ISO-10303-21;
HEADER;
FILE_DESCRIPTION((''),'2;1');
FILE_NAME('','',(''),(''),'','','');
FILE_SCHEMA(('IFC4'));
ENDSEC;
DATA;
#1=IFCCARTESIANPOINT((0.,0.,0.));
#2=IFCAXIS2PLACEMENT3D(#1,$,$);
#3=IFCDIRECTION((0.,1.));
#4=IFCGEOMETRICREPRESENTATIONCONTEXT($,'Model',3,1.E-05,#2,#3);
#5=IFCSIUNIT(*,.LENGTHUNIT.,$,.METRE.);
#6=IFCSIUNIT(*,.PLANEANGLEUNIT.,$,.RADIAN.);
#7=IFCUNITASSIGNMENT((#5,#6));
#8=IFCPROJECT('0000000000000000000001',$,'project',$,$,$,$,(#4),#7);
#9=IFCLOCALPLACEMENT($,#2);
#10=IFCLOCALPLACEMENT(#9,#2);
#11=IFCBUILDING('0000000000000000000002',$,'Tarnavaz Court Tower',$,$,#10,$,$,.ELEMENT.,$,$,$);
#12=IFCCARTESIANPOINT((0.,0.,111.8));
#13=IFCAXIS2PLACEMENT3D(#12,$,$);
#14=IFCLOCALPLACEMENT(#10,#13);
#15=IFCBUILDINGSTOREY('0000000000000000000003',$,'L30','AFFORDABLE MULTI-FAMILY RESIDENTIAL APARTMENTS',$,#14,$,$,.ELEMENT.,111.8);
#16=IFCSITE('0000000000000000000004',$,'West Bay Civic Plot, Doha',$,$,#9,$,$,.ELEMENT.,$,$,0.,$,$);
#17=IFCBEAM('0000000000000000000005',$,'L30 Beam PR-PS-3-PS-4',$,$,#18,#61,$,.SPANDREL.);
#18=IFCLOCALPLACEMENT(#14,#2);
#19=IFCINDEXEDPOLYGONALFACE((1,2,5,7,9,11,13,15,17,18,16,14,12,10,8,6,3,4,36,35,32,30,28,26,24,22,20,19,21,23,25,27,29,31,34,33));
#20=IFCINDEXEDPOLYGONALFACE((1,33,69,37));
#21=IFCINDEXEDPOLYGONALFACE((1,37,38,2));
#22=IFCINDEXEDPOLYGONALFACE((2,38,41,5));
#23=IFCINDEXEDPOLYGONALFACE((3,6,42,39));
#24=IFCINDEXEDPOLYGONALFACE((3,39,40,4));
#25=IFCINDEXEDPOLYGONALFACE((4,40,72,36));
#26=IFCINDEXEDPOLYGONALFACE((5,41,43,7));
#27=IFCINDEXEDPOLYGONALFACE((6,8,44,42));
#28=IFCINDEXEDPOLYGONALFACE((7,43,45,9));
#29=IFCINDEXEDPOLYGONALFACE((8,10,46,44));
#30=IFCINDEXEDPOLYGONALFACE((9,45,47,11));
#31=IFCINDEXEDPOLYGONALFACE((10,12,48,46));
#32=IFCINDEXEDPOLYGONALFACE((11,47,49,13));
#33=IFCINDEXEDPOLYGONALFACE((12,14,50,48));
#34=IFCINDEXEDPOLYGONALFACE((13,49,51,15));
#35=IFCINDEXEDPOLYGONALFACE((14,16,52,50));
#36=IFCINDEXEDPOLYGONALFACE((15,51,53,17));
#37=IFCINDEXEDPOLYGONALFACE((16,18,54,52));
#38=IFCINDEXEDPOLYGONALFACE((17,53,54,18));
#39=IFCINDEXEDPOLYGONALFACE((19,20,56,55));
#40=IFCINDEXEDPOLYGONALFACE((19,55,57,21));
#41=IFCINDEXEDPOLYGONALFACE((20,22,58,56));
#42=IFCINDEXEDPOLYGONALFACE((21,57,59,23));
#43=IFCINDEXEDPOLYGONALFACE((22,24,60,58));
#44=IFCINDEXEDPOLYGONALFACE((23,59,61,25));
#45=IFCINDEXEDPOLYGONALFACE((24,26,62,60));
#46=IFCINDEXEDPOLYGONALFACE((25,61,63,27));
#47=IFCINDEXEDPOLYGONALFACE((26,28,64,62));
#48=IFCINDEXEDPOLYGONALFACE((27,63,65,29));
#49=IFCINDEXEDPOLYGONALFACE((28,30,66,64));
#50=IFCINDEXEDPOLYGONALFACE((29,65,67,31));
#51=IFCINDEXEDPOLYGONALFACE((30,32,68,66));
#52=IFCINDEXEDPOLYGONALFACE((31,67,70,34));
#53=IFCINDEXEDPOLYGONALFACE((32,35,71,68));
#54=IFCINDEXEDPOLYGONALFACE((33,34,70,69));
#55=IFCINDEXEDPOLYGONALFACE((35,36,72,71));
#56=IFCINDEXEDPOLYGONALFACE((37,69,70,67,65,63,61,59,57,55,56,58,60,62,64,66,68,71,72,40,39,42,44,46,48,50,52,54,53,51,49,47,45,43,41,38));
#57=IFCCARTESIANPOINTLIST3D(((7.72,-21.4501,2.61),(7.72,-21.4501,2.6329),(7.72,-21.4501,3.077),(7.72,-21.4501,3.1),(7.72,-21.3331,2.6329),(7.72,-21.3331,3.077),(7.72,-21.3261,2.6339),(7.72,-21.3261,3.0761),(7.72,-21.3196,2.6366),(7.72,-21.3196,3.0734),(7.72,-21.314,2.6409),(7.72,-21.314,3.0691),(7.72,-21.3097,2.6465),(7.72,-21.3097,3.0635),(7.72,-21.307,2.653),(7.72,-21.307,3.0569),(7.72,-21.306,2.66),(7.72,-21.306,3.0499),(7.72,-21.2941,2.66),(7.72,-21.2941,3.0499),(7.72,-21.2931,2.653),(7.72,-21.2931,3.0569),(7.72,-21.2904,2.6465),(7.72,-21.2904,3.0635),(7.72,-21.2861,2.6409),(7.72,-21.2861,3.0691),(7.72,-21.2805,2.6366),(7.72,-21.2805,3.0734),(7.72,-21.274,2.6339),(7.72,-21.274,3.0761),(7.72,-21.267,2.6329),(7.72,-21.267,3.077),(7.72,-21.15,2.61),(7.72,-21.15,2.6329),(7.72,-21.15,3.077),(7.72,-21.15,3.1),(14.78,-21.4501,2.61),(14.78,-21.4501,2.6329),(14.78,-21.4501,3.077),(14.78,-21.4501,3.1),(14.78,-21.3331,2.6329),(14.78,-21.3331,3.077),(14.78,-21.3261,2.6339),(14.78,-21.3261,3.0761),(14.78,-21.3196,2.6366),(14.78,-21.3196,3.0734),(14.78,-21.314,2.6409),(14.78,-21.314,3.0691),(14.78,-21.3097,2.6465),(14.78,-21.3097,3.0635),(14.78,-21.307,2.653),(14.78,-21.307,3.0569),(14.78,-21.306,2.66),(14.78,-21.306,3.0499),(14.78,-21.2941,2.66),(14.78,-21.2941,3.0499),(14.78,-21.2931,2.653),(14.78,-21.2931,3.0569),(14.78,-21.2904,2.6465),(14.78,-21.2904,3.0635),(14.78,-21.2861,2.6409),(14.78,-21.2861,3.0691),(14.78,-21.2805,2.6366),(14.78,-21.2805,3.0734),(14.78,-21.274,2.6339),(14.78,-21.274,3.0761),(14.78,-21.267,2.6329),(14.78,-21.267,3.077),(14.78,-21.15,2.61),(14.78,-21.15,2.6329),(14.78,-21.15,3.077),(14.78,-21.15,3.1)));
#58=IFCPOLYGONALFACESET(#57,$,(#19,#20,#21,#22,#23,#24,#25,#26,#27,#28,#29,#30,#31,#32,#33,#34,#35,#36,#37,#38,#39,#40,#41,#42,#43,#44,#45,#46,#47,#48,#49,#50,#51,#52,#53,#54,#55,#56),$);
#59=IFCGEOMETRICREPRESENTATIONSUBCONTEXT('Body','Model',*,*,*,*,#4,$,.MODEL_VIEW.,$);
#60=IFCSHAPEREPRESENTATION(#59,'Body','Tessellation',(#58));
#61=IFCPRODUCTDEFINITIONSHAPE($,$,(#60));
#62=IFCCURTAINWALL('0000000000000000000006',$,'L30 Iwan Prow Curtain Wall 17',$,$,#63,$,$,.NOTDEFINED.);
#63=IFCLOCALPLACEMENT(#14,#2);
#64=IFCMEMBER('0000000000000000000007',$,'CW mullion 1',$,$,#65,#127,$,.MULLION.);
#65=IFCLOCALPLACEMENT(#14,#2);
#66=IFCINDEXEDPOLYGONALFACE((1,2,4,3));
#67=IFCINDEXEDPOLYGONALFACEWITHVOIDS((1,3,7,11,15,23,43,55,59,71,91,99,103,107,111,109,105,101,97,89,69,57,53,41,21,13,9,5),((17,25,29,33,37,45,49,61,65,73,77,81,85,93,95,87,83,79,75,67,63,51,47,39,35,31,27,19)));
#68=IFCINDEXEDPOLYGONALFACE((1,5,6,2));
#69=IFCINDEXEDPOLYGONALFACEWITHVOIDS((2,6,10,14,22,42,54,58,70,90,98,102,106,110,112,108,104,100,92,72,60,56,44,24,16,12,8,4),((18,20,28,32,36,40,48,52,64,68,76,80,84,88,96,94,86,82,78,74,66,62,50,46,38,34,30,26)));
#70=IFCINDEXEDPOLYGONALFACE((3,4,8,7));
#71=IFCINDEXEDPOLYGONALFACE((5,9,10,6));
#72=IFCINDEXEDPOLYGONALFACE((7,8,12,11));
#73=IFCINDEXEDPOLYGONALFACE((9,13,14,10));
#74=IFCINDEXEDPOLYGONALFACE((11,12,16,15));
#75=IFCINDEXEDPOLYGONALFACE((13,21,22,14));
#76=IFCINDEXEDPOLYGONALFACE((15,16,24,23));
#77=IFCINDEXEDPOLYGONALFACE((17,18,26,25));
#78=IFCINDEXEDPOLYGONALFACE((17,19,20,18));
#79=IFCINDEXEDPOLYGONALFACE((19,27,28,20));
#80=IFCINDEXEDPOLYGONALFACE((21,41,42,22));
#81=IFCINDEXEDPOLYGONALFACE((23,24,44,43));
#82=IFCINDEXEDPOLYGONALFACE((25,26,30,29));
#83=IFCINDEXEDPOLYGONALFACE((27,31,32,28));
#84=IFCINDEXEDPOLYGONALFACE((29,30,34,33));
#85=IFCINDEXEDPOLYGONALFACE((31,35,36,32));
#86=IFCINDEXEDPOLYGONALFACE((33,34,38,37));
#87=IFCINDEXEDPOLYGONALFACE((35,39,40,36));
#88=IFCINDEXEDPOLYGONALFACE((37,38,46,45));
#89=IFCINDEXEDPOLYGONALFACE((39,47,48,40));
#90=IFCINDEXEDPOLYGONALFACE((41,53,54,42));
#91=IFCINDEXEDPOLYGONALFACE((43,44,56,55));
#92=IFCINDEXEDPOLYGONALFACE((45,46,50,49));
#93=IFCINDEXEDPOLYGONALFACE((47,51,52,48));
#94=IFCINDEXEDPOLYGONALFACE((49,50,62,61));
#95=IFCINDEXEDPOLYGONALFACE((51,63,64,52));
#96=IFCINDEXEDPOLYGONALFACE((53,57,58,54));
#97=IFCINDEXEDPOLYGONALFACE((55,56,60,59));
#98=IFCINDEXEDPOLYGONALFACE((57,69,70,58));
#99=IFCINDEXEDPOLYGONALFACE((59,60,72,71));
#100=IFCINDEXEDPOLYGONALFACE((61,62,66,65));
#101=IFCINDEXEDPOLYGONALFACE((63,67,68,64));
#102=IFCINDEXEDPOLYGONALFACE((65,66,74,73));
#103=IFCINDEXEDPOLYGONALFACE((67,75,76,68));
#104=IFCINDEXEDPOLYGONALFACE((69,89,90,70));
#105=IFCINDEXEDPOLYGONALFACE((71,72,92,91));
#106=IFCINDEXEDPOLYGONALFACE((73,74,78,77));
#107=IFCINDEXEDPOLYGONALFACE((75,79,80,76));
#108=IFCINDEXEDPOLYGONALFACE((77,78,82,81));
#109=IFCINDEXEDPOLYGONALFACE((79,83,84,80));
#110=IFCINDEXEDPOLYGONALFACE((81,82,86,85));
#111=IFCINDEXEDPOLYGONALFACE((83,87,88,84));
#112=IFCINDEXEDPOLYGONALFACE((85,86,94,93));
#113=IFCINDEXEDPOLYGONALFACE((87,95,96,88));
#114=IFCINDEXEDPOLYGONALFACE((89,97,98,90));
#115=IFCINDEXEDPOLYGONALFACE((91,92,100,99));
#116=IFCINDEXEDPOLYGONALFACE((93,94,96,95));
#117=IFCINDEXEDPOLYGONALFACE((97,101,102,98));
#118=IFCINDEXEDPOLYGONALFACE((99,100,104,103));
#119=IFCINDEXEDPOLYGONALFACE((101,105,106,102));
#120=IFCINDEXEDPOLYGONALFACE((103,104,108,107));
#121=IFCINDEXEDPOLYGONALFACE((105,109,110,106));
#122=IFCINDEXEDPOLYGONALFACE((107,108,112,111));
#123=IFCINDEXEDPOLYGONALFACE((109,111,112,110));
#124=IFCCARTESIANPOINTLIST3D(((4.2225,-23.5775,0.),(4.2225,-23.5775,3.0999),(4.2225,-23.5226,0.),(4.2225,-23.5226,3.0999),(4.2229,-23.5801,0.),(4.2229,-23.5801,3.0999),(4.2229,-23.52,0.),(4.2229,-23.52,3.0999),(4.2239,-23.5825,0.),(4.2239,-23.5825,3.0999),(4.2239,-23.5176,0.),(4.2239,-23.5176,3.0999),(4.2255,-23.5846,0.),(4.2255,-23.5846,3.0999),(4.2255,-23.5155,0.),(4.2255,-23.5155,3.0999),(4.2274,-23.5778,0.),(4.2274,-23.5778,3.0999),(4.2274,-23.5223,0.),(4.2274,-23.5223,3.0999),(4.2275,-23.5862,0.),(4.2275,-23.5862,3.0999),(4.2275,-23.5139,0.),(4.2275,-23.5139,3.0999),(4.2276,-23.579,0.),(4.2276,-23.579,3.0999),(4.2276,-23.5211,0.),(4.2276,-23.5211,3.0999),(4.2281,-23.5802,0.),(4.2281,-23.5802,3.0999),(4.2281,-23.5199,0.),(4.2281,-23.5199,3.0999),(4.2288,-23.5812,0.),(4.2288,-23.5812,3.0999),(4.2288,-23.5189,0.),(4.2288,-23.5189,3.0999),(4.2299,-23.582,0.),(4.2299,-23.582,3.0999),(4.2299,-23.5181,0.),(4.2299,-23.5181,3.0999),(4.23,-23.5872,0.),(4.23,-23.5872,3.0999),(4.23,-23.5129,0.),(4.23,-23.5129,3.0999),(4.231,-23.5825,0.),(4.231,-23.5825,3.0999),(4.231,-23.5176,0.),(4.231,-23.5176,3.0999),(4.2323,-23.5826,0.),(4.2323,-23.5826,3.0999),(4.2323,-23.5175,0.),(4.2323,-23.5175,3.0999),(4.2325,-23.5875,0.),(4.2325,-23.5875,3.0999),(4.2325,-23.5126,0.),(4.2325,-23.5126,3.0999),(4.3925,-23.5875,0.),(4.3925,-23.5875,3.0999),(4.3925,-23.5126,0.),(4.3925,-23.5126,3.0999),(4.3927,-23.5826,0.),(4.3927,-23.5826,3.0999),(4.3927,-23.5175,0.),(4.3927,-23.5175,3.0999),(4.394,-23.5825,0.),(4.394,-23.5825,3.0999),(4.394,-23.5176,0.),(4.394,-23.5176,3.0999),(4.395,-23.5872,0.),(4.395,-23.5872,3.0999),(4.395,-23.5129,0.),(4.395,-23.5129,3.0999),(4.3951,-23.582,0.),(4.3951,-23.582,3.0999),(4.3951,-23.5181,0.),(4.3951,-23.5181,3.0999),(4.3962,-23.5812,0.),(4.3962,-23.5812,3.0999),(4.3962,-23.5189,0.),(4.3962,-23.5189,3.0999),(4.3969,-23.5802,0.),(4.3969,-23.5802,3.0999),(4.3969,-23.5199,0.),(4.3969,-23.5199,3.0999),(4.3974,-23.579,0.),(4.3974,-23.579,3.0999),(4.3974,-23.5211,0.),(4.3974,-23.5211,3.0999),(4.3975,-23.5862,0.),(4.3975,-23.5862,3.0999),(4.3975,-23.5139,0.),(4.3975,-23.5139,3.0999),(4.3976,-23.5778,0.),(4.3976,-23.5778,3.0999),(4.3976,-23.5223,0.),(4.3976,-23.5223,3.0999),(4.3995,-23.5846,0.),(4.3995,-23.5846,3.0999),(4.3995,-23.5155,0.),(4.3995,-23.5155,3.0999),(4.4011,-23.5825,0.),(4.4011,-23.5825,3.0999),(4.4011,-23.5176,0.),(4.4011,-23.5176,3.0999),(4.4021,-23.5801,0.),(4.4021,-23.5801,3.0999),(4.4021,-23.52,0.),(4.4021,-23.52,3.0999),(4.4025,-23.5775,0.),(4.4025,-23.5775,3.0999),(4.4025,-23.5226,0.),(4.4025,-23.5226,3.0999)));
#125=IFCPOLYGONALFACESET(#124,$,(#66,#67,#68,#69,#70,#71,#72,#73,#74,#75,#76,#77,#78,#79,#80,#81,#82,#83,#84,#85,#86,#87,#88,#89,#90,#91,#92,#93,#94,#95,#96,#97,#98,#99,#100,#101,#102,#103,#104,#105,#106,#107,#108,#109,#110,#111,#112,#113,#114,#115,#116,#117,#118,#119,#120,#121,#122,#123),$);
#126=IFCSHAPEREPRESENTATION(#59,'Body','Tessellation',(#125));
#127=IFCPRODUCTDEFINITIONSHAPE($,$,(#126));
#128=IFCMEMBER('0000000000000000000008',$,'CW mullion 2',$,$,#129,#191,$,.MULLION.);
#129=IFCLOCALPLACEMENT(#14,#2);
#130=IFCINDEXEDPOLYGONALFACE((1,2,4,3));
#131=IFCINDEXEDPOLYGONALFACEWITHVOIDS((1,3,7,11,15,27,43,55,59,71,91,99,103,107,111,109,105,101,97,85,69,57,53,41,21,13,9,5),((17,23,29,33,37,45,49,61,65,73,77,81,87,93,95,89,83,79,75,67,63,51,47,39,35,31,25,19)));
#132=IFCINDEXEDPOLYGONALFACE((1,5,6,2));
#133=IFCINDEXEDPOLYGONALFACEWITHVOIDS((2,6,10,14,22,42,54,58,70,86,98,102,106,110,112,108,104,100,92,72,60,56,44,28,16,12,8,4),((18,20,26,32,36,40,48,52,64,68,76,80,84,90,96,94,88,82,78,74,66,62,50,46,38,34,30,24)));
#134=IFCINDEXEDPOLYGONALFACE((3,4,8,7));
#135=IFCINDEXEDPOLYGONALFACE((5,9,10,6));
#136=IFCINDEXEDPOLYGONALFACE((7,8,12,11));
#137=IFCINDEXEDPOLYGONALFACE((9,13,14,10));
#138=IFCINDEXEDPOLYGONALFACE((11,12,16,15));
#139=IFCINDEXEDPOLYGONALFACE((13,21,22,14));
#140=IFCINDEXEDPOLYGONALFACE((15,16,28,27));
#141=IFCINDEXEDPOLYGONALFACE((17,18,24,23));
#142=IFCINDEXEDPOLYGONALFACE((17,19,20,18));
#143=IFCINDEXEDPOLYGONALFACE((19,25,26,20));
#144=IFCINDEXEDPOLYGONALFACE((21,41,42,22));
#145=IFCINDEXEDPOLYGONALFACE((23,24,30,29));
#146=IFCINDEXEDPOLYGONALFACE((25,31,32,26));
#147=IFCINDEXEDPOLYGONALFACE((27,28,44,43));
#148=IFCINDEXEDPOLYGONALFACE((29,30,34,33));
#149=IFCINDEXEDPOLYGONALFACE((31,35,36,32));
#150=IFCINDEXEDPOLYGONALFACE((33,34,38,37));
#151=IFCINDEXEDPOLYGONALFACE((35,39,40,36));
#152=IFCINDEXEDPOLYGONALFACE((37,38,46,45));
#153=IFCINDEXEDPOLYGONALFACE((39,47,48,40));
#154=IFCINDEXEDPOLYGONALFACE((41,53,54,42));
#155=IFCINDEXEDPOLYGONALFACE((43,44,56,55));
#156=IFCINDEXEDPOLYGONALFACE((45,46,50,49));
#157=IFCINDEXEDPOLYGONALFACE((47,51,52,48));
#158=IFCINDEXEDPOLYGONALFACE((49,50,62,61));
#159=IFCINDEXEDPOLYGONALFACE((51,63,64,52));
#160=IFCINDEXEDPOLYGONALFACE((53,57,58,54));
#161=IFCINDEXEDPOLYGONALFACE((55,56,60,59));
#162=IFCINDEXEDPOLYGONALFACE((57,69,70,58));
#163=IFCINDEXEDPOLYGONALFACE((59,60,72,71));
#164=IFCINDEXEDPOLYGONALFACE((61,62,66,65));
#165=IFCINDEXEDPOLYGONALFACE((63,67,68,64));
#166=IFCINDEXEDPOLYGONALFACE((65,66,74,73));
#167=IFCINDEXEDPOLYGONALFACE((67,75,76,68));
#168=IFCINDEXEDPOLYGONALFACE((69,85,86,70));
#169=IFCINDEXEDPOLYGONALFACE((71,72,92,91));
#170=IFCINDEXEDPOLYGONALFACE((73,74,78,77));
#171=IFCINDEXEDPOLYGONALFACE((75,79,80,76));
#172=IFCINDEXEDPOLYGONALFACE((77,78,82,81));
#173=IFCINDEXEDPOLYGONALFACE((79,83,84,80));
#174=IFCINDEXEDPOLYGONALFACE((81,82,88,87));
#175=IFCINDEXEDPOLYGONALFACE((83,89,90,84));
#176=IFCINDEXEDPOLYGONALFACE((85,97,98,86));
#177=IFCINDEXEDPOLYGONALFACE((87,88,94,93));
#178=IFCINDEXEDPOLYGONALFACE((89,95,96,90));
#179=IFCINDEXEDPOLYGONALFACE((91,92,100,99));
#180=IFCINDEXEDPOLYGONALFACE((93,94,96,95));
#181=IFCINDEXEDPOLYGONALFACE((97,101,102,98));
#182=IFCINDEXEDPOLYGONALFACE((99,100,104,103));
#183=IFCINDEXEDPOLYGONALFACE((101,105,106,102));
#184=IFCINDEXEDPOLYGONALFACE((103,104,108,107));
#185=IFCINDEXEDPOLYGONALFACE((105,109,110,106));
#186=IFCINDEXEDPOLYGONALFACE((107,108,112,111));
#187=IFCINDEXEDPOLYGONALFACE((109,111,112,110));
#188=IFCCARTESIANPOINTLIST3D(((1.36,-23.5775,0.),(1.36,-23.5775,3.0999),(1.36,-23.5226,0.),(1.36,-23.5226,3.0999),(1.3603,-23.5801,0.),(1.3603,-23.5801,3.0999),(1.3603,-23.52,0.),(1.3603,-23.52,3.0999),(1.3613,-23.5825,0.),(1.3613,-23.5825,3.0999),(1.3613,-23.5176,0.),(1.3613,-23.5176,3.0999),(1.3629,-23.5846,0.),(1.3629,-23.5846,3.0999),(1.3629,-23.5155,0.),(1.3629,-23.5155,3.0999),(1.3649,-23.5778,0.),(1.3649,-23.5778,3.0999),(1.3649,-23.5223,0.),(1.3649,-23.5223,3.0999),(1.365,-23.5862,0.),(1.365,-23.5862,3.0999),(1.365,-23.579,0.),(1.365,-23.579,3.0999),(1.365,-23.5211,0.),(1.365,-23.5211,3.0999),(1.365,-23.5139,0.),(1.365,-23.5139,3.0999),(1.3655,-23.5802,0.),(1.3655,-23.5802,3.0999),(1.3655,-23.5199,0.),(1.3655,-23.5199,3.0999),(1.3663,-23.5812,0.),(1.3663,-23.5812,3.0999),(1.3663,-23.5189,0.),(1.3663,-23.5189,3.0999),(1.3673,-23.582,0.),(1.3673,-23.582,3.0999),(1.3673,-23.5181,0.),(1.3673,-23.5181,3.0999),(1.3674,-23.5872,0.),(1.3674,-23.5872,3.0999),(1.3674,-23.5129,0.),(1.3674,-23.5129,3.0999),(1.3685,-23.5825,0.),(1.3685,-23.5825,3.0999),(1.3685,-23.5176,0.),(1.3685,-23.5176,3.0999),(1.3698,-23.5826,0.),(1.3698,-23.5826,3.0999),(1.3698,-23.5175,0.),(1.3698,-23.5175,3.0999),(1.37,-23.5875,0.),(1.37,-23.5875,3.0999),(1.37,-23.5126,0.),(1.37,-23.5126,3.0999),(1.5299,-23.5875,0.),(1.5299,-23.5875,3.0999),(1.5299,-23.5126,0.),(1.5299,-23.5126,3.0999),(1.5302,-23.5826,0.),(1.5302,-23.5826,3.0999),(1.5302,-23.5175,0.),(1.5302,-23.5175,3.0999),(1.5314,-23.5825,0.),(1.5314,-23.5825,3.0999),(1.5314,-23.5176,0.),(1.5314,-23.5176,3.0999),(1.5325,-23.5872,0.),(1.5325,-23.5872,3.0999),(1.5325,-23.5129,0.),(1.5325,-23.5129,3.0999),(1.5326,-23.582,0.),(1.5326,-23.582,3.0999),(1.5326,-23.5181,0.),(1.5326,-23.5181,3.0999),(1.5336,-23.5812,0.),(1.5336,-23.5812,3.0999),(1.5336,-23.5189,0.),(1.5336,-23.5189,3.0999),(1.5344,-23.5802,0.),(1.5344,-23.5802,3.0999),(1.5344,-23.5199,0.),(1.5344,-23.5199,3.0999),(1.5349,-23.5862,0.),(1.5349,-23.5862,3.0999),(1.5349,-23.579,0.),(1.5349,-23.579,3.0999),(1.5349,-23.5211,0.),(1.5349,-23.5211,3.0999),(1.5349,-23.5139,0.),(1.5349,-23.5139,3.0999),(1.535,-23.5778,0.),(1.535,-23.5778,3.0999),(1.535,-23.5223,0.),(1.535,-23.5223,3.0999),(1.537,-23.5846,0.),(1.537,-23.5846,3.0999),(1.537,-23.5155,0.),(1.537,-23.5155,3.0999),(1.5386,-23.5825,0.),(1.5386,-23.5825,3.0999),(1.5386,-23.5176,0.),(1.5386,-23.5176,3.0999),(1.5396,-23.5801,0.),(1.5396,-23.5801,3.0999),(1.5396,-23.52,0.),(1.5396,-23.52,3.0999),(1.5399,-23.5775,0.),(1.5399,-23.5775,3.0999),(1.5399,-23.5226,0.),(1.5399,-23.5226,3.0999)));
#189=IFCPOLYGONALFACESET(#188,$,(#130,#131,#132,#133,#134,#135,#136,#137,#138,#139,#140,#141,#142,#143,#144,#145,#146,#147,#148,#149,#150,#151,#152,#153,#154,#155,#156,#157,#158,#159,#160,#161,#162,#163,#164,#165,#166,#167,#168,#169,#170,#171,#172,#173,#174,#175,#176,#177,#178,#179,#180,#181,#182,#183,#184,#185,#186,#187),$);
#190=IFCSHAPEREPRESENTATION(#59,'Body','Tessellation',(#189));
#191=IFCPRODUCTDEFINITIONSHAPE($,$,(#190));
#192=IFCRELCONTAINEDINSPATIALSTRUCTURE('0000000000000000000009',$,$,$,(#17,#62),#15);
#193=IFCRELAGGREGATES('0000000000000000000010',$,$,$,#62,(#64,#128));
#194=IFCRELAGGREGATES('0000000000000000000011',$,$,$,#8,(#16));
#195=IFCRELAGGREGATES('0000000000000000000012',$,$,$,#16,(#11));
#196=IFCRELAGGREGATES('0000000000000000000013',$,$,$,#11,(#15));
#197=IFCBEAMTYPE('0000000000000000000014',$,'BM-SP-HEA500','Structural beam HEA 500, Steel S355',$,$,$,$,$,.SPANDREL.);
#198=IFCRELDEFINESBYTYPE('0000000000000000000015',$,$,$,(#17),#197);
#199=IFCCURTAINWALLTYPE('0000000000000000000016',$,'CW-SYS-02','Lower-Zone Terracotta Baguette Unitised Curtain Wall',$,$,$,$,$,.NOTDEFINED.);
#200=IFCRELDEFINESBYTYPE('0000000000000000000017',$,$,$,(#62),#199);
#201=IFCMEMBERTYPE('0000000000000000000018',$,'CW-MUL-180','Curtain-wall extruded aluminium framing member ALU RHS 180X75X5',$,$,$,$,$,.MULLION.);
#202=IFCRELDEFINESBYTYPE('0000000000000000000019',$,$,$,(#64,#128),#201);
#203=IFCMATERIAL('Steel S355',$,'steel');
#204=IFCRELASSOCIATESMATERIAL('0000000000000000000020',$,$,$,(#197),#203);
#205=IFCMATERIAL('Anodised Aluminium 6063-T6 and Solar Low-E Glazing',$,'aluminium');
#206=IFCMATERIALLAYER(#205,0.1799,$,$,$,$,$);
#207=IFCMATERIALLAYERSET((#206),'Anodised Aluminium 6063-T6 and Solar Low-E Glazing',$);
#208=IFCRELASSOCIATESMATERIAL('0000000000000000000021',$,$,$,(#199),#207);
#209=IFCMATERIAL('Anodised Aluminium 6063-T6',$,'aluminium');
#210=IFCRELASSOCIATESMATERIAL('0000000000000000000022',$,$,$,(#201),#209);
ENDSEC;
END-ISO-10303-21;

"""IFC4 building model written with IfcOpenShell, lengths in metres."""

from ifc_helpers import new_model, si_unit, direction, frame, origin, origin_2d, place, context, subcontext, project, spatial, hollow_rectangle, i_section, extrude, material, layer, layer_set, material_profile, profile_set, type_object, element, aggregate, save


model = new_model("IFC4")

# Units and contexts
model_context = context("Model", 3, precision=1e-05, world=origin(), true_north=direction((0.0, 1.0)))
body_context = subcontext(model_context, "Body", "Model", "MODEL_VIEW")
ifc_project = project(units=[si_unit("LENGTHUNIT", "METRE"), si_unit("PLANEANGLEUNIT", "RADIAN")], contexts=[model_context])

# Site, building, storey
site_placement = place(None, origin())
site = spatial("IfcSite", under=ifc_project, at=site_placement, Name="West Bay Civic Plot, Doha", CompositionType="ELEMENT", RefElevation=0.0)
building_placement = place(site_placement, origin())
building = spatial("IfcBuilding", under=site, at=building_placement, Name="Tarnavaz Court Tower", CompositionType="ELEMENT")
storey_placement = place(building_placement, frame((0.0, 0.0, 111.8)))
storey = spatial("IfcBuildingStorey", under=building, at=storey_placement, Name="L30", Description="AFFORDABLE MULTI-FAMILY RESIDENTIAL APARTMENTS", CompositionType="ELEMENT", Elevation=111.8)

# Beam
ifc_material_1 = material(Name="Steel S355", Category="steel")
ifc_material_profile_1 = material_profile(ifc_material_1, i_section(OverallWidth=0.3, OverallDepth=0.49, WebThickness=0.012, FlangeThickness=0.0229, FilletRadius=0.0271, at=origin_2d()), Name="HEA 500")
ifc_profile_set_1 = profile_set([ifc_material_profile_1], Name="Steel S355")
beam_type_1 = type_object("IfcBeamType", Name="BM-SP-HEA500", Description="Structural beam HEA 500, Steel S355", PredefinedType="SPANDREL", material=ifc_profile_set_1)
beam_placement = place(storey_placement, frame((7.72, -21.3, 2.855), z_axis=(1.0, 0.0, 0.0), x_axis=(0.0, 1.0, 0.0)))
element("IfcBeam", 1, at=beam_placement, inside=storey, type_object=beam_type_1, Name="L30 Beam PR-PS-3-PS-4", PredefinedType="SPANDREL", context=body_context, shape_type="SweptSolid", body=[
    extrude(i_section(OverallWidth=0.3, OverallDepth=0.49, WebThickness=0.012, FlangeThickness=0.0229, FilletRadius=0.0271, at=origin_2d()), origin(), (0.0, 0.0, 1.0), 7.0601),
])

# Curtain wall, members
ifc_material_2 = material(Name="Anodised Aluminium 6063-T6 and Solar Low-E Glazing", Category="aluminium")
ifc_layer_1 = layer(ifc_material_2, 0.1799)
ifc_layer_set_1 = layer_set([ifc_layer_1], Name="Anodised Aluminium 6063-T6 and Solar Low-E Glazing")
curtain_wall_type = type_object("IfcCurtainWallType", Name="CW-SYS-02", Description="Lower-Zone Terracotta Baguette Unitised Curtain Wall", PredefinedType="NOTDEFINED", material=ifc_layer_set_1)
curtain_wall_placement = place(storey_placement, origin())
curtain_wall = element("IfcCurtainWall", 2, at=curtain_wall_placement, inside=storey, type_object=curtain_wall_type, Name="L30 Iwan Prow Curtain Wall 17", PredefinedType="NOTDEFINED")
ifc_material_3 = material(Name="Anodised Aluminium 6063-T6", Category="aluminium")
ifc_material_profile_2 = material_profile(ifc_material_3, hollow_rectangle(XDim=0.075, YDim=0.1799, WallThickness=0.0049, InnerFilletRadius=0.0049, OuterFilletRadius=0.01, at=origin_2d()), Name="ALU RHS 180X75X5")
ifc_profile_set_2 = profile_set([ifc_material_profile_2], Name="Anodised Aluminium 6063-T6")
member_type_1 = type_object("IfcMemberType", Name="CW-MUL-180", Description="Curtain-wall extruded aluminium framing member ALU RHS 180X75X5", PredefinedType="MULLION", material=ifc_profile_set_2)
member_1_placement = place(storey_placement, frame((4.3125, -23.55, 0.0), z_axis=(0.0, 0.0, 1.0), x_axis=(0.0, -1.0, 0.0)))
member_1 = element("IfcMember", 3, at=member_1_placement, type_object=member_type_1, Name="CW mullion 1", PredefinedType="MULLION", context=body_context, shape_type="SweptSolid", body=[
    extrude(hollow_rectangle(XDim=0.075, YDim=0.1799, WallThickness=0.0049, InnerFilletRadius=0.0049, OuterFilletRadius=0.01, at=origin_2d()), origin(), (0.0, 0.0, 1.0), 3.0999),
])
member_2_placement = place(storey_placement, frame((1.45, -23.55, 0.0), z_axis=(0.0, 0.0, 1.0), x_axis=(0.0, -1.0, 0.0)))
member_2 = element("IfcMember", 4, at=member_2_placement, type_object=member_type_1, Name="CW mullion 2", PredefinedType="MULLION", context=body_context, shape_type="SweptSolid", body=[
    extrude(hollow_rectangle(XDim=0.075, YDim=0.1799, WallThickness=0.0049, InnerFilletRadius=0.0049, OuterFilletRadius=0.01, at=origin_2d()), origin(), (0.0, 0.0, 1.0), 3.0999),
])
aggregate(curtain_wall, [member_1, member_2])

save(model, "model.ifc")
